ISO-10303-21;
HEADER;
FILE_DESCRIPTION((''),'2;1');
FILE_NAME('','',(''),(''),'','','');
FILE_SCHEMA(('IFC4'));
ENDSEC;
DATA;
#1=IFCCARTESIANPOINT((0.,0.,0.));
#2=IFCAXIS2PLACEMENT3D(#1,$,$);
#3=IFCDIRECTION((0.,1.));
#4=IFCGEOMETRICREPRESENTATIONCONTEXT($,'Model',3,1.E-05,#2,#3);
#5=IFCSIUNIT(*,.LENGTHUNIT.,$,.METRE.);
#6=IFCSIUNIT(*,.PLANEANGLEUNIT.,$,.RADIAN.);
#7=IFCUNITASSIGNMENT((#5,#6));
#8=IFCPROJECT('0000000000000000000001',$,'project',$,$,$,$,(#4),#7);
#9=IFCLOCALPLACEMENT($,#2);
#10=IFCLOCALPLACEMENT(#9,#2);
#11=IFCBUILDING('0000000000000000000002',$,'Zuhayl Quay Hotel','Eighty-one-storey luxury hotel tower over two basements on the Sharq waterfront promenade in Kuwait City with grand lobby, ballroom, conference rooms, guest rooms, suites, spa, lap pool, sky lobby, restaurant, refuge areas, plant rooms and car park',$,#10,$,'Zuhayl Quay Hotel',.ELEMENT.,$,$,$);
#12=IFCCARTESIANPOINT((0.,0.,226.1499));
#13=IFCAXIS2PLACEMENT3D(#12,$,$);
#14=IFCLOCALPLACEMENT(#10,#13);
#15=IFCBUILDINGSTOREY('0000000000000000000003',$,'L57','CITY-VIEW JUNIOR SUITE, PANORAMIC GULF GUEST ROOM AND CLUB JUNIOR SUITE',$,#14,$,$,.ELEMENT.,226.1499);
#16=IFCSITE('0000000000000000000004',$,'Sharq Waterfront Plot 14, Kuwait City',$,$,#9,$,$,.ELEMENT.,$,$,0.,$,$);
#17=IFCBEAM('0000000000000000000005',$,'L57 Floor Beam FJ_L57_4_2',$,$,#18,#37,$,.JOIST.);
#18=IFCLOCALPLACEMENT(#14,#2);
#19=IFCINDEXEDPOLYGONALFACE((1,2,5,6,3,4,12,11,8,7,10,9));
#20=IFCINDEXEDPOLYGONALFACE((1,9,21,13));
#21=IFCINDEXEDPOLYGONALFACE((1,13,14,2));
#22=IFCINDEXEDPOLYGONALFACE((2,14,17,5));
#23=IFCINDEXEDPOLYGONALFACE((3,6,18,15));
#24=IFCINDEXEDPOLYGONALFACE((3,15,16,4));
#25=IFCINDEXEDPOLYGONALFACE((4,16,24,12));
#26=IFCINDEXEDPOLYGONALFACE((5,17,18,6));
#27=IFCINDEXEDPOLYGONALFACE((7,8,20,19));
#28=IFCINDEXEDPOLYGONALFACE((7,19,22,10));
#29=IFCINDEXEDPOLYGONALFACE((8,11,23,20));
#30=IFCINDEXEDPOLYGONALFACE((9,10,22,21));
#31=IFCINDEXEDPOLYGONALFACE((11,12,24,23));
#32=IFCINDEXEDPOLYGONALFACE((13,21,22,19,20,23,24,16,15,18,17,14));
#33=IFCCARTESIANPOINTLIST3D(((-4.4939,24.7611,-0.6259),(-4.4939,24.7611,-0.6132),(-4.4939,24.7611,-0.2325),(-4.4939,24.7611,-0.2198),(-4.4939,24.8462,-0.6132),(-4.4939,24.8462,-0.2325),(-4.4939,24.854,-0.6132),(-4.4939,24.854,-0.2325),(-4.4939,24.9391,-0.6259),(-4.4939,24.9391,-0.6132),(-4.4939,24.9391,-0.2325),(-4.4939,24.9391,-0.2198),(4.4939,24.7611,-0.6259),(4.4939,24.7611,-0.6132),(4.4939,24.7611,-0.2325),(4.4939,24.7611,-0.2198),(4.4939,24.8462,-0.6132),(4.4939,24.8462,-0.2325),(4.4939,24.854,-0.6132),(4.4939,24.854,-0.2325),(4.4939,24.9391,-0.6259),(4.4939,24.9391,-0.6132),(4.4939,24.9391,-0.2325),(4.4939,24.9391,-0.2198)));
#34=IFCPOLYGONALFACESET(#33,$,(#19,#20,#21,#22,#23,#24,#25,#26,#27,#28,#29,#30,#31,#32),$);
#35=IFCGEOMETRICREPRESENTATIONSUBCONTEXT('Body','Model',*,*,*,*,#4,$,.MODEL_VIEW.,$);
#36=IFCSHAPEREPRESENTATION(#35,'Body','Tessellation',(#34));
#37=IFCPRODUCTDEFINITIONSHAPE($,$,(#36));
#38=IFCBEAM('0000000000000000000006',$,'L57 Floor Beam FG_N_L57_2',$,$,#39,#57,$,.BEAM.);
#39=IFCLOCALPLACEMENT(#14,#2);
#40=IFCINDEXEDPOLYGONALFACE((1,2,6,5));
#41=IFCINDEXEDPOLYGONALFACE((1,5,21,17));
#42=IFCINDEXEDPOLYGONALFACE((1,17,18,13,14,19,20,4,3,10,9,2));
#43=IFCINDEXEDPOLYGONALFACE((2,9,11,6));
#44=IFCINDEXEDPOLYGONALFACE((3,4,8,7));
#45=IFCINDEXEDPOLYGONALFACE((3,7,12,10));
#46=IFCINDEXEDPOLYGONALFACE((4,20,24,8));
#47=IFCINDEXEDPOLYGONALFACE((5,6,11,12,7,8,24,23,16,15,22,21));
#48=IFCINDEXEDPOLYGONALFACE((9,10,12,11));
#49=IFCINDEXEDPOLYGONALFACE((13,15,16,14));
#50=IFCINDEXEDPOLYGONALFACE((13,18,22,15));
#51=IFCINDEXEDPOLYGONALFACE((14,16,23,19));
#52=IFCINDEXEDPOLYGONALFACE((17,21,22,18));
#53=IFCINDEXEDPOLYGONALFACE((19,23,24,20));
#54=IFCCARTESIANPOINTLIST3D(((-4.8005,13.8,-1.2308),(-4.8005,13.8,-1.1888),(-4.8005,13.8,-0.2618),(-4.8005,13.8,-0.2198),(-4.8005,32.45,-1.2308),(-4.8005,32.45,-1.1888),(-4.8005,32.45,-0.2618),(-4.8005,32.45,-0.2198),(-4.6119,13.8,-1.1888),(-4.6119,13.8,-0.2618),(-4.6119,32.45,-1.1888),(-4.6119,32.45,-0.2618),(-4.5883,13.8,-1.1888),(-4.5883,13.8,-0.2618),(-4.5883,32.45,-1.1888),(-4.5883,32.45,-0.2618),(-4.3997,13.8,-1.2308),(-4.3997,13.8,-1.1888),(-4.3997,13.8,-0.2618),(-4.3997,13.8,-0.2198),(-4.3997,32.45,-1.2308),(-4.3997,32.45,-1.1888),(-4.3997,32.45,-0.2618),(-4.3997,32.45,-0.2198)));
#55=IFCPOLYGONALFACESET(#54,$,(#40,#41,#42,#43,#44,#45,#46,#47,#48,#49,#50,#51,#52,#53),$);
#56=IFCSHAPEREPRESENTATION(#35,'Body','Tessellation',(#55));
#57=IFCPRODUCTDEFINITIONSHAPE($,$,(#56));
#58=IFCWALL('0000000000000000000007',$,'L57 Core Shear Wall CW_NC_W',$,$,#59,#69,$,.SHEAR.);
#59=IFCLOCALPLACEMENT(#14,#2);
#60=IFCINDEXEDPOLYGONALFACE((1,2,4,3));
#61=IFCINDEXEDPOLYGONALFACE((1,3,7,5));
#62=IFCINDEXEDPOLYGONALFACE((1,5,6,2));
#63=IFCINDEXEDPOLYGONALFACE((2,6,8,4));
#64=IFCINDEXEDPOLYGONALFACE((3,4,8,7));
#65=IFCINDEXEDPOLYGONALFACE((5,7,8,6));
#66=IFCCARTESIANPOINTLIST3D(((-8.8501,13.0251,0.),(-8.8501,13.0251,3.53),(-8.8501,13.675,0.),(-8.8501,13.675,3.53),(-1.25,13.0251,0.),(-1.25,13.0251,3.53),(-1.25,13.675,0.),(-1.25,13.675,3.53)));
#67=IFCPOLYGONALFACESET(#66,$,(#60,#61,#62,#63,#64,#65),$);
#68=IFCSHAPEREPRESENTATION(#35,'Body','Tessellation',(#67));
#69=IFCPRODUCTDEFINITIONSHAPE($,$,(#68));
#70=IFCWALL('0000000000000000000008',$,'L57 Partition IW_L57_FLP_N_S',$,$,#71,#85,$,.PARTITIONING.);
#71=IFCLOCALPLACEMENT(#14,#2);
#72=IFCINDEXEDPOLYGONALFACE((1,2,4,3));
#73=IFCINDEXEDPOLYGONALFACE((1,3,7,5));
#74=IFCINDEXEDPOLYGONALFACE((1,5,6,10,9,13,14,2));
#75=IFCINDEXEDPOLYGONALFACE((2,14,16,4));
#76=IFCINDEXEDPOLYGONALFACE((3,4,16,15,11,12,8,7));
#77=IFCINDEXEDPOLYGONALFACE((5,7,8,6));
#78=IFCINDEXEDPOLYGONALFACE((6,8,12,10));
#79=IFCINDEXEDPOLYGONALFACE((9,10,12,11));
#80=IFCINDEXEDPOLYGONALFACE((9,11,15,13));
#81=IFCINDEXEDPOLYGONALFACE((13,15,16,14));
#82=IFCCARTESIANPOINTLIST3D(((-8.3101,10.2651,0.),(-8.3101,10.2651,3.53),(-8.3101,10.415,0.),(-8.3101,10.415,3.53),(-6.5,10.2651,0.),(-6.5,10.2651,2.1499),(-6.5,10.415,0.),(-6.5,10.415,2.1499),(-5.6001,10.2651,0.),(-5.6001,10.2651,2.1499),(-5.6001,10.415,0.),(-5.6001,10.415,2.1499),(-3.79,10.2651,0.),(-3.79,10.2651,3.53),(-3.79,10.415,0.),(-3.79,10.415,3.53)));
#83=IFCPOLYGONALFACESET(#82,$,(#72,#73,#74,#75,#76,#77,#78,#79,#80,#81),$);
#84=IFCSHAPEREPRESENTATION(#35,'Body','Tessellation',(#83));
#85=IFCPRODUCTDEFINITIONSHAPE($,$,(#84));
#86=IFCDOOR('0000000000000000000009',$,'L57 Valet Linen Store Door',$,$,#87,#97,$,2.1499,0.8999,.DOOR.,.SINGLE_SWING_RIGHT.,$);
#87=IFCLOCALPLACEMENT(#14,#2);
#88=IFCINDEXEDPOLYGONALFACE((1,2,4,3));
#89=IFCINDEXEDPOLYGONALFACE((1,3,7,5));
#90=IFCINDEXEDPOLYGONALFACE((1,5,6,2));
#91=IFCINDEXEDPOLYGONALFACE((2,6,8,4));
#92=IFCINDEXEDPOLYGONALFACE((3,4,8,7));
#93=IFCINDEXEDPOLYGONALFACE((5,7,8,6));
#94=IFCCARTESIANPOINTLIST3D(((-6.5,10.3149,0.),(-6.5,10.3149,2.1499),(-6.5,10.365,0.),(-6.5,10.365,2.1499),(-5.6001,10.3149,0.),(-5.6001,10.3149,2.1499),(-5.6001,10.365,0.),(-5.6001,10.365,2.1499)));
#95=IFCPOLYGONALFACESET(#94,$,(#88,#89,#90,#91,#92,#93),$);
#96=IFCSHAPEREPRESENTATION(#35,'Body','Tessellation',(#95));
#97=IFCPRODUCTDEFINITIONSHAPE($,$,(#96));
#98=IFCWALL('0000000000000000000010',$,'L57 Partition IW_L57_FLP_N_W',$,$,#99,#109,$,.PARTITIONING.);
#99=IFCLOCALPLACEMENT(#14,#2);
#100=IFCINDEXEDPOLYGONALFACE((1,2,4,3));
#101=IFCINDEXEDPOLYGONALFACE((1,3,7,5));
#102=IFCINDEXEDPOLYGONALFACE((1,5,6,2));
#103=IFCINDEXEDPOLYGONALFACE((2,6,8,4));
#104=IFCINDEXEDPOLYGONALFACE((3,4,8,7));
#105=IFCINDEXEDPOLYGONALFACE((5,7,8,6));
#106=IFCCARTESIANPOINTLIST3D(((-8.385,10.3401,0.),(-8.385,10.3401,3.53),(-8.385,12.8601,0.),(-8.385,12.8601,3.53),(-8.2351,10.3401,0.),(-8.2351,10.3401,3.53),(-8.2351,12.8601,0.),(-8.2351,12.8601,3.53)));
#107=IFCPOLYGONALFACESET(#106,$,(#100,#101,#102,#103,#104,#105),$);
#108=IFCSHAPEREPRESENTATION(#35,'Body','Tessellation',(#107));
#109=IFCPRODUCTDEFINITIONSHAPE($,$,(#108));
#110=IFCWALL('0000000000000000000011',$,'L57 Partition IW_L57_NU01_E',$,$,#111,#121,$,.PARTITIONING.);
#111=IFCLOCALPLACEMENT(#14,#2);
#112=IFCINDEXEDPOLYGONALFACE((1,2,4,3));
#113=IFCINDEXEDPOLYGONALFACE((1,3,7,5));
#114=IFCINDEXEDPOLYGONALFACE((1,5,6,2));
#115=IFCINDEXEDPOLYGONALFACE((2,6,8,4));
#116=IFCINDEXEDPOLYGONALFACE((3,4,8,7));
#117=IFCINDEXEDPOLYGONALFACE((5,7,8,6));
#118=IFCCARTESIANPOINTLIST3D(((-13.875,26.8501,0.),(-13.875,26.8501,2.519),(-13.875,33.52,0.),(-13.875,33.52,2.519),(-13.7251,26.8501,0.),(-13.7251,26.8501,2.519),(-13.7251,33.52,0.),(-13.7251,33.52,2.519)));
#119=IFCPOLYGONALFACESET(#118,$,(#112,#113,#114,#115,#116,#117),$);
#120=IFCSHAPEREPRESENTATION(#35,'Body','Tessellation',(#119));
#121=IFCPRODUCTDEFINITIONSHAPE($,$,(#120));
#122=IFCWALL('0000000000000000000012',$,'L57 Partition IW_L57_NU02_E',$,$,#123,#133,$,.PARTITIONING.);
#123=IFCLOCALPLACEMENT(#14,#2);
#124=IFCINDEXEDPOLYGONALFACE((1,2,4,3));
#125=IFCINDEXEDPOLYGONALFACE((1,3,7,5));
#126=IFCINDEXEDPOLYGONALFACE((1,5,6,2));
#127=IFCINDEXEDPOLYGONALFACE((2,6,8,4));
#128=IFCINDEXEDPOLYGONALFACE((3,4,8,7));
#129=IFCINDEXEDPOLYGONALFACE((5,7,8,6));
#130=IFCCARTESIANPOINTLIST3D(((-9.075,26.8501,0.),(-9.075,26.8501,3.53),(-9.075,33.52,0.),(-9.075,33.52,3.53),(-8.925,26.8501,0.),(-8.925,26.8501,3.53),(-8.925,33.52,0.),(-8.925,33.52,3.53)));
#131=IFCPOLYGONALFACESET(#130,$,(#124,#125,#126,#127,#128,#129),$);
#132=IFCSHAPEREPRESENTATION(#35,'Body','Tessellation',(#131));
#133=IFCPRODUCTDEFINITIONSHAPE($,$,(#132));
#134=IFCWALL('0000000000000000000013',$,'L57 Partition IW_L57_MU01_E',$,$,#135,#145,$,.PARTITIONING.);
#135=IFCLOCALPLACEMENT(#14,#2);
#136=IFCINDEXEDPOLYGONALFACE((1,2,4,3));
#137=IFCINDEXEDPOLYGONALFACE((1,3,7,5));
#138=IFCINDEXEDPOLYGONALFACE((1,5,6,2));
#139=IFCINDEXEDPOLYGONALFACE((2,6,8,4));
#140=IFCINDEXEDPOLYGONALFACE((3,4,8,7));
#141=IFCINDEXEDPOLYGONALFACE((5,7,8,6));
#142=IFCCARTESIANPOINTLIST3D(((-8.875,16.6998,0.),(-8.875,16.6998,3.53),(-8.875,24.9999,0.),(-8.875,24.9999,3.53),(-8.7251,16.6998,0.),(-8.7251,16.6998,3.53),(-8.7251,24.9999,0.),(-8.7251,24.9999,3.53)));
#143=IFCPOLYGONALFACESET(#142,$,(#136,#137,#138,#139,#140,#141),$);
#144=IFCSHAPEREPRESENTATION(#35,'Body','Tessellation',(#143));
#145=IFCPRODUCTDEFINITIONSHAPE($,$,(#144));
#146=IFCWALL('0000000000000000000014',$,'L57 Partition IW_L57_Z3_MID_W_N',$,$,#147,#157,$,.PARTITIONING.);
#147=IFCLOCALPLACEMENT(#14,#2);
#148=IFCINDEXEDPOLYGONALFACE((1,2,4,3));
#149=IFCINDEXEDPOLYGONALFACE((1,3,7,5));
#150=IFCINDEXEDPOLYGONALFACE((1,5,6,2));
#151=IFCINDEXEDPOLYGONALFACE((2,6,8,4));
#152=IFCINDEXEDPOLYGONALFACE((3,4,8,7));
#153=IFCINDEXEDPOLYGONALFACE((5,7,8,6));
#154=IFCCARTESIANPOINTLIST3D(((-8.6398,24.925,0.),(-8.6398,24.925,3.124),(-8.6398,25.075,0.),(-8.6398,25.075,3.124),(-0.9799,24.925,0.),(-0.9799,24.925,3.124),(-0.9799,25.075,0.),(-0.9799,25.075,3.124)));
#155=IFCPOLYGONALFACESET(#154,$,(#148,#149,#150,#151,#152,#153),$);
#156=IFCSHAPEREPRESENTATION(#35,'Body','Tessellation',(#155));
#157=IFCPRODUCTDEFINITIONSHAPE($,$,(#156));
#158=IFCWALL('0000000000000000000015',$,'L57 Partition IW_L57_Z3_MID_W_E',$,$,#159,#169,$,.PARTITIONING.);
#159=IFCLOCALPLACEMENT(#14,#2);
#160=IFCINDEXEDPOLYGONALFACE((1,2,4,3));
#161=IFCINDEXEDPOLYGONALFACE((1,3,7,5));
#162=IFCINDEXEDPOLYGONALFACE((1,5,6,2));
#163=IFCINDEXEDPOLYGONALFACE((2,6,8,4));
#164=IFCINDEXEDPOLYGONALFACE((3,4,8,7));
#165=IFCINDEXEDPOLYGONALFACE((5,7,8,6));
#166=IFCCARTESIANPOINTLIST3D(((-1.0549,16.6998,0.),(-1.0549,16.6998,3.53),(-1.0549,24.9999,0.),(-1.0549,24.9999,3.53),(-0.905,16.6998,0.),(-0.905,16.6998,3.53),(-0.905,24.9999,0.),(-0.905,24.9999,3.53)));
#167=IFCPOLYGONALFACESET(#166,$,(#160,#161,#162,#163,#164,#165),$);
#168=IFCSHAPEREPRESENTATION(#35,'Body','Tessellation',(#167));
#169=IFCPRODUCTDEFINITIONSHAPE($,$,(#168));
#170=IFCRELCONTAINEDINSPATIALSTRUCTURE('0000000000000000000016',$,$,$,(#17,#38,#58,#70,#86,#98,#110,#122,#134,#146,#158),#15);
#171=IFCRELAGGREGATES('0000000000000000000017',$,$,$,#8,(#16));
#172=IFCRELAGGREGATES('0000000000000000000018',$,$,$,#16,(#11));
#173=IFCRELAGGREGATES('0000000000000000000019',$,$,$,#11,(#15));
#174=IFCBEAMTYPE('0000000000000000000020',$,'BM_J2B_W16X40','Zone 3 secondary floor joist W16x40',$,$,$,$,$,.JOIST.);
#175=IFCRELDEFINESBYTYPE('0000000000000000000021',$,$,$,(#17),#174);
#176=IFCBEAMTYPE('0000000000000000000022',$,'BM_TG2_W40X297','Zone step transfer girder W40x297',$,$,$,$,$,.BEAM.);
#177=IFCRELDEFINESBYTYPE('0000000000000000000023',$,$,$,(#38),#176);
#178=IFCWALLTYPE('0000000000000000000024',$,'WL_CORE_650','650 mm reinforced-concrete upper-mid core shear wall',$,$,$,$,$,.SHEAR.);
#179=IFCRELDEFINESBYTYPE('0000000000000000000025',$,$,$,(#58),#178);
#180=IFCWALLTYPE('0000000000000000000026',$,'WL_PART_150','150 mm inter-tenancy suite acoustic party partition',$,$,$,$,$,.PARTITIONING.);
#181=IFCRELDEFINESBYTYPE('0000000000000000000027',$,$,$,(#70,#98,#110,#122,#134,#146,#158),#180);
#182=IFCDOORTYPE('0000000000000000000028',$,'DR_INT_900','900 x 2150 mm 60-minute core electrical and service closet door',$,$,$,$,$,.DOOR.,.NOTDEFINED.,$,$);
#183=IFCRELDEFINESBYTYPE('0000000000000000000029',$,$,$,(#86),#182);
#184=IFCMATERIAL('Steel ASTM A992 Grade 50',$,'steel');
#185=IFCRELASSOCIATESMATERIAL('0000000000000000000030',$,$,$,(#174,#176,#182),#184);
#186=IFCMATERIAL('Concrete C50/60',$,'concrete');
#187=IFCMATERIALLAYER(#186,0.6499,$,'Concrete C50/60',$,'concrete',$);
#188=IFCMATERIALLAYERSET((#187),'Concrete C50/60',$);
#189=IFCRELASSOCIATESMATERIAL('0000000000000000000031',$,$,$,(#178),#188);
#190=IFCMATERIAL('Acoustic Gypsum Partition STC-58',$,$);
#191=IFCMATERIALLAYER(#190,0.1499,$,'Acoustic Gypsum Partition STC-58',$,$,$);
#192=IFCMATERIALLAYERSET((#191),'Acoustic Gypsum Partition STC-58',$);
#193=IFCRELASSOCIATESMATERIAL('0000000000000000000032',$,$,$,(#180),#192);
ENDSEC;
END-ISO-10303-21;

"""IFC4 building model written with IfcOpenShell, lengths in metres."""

from ifc_helpers import new_model, si_unit, direction, frame, frame_2d, origin, origin_2d, place, context, subcontext, project, spatial, rectangle, i_section, extrude, material, layer, layer_set, material_profile, profile_set, type_object, element, fill, save


model = new_model("IFC4")

# Units and contexts
model_context = context("Model", 3, precision=1e-05, world=origin(), true_north=direction((0.0, 1.0)))
body_context = subcontext(model_context, "Body", "Model", "MODEL_VIEW")
ifc_project = project(units=[si_unit("LENGTHUNIT", "METRE"), si_unit("PLANEANGLEUNIT", "RADIAN")], contexts=[model_context])

# Site, building, storey
site_placement = place(None, origin())
site = spatial("IfcSite", under=ifc_project, at=site_placement, Name="Sharq Waterfront Plot 14, Kuwait City", CompositionType="ELEMENT", RefElevation=0.0)
building_placement = place(site_placement, origin())
building = spatial("IfcBuilding", under=site, at=building_placement, Name="Zuhayl Quay Hotel", Description="Eighty-one-storey luxury hotel tower over two basements on the Sharq waterfront promenade in Kuwait City with grand lobby, ballroom, conference rooms, guest rooms, suites, spa, lap pool, sky lobby, restaurant, refuge areas, plant rooms and car park", LongName="Zuhayl Quay Hotel", CompositionType="ELEMENT")
storey_placement = place(building_placement, frame((0.0, 0.0, 226.1499)))
storey = spatial("IfcBuildingStorey", under=building, at=storey_placement, Name="L57", Description="CITY-VIEW JUNIOR SUITE, PANORAMIC GULF GUEST ROOM AND CLUB JUNIOR SUITE", CompositionType="ELEMENT", Elevation=226.1499)

# Beams
ifc_material_1 = material(Name="Steel ASTM A992 Grade 50", Category="steel")
ifc_material_profile_1 = material_profile(ifc_material_1, i_section(OverallWidth=0.178, OverallDepth=0.406, WebThickness=0.0078, FlangeThickness=0.0127, at=origin_2d()), Name="W16X40")
ifc_profile_set_1 = profile_set([ifc_material_profile_1], Name="Steel ASTM A992 Grade 50")
beam_type_1 = type_object("IfcBeamType", Name="BM_J2B_W16X40", Description="Zone 3 secondary floor joist W16x40", PredefinedType="JOIST", material=ifc_profile_set_1)
beam_1_placement = place(storey_placement, frame((-4.4939, 24.8501, -0.4229), z_axis=(1.0, 0.0, 0.0), x_axis=(0.0, 1.0, 0.0)))
element("IfcBeam", 1, at=beam_1_placement, inside=storey, type_object=beam_type_1, Name="L57 Floor Beam FJ_L57_4_2", PredefinedType="JOIST", context=body_context, shape_type="SweptSolid", body=[
    extrude(i_section(OverallWidth=0.178, OverallDepth=0.406, WebThickness=0.0078, FlangeThickness=0.0127, at=origin_2d()), origin(), (0.0, 0.0, 1.0), 8.9878),
])
ifc_material_profile_2 = material_profile(ifc_material_1, i_section(OverallWidth=0.4009, OverallDepth=1.011, WebThickness=0.0237, FlangeThickness=0.042, at=origin_2d()), Name="W40X297")
ifc_profile_set_2 = profile_set([ifc_material_profile_2], Name="Steel ASTM A992 Grade 50")
beam_type_2 = type_object("IfcBeamType", Name="BM_TG2_W40X297", Description="Zone step transfer girder W40x297", PredefinedType="BEAM", material=ifc_profile_set_2)
beam_2_placement = place(storey_placement, frame((-4.6001, 13.8, -0.7253), z_axis=(0.0, 1.0, 0.0), x_axis=(-1.0, 0.0, 0.0)))
element("IfcBeam", 2, at=beam_2_placement, inside=storey, type_object=beam_type_2, Name="L57 Floor Beam FG_N_L57_2", PredefinedType="BEAM", context=body_context, shape_type="SweptSolid", body=[
    extrude(i_section(OverallWidth=0.4009, OverallDepth=1.011, WebThickness=0.0237, FlangeThickness=0.042, at=origin_2d()), origin(), (0.0, 0.0, 1.0), 18.6499),
])

# Wall
ifc_material_2 = material(Name="Concrete C50/60", Category="concrete")
ifc_layer_1 = layer(ifc_material_2, 0.6499, Name="Concrete C50/60", Category="concrete")
ifc_layer_set_1 = layer_set([ifc_layer_1], Name="Concrete C50/60")
wall_type_1 = type_object("IfcWallType", Name="WL_CORE_650", Description="650 mm reinforced-concrete upper-mid core shear wall", PredefinedType="SHEAR", material=ifc_layer_set_1)
wall_1_placement = place(storey_placement, frame((-8.8501, 13.3501, 0.0), z_axis=(0.0, 0.0, 1.0), x_axis=(1.0, 0.0, 0.0)))
element("IfcWall", 3, at=wall_1_placement, inside=storey, type_object=wall_type_1, Name="L57 Core Shear Wall CW_NC_W", PredefinedType="SHEAR", context=body_context, shape_type="SweptSolid", body=[
    extrude(rectangle(XDim=7.6001, YDim=0.6499, at=frame_2d((3.8, 0.0))), origin(), (0.0, 0.0, 1.0), 3.53),
])

# Wall, opening, door
ifc_material_3 = material(Name="Acoustic Gypsum Partition STC-58")
ifc_layer_2 = layer(ifc_material_3, 0.1499, Name="Acoustic Gypsum Partition STC-58")
ifc_layer_set_2 = layer_set([ifc_layer_2], Name="Acoustic Gypsum Partition STC-58")
wall_type_2 = type_object("IfcWallType", Name="WL_PART_150", Description="150 mm inter-tenancy suite acoustic party partition", PredefinedType="PARTITIONING", material=ifc_layer_set_2)
wall_2_placement = place(storey_placement, frame((-8.3101, 10.3401, 0.0), z_axis=(0.0, 0.0, 1.0), x_axis=(1.0, 0.0, 0.0)))
wall_2 = element("IfcWall", 4, at=wall_2_placement, inside=storey, type_object=wall_type_2, Name="L57 Partition IW_L57_FLP_N_S", PredefinedType="PARTITIONING", context=body_context, shape_type="SweptSolid", body=[
    extrude(rectangle(XDim=4.52, YDim=0.1499, at=frame_2d((2.26, 0.0))), origin(), (0.0, 0.0, 1.0), 3.53),
])
opening_1_placement = place(wall_2_placement, frame((1.8101, 0.0, 0.0)))
opening_1 = element("IfcOpeningElement", 5, at=opening_1_placement, cuts=wall_2, PredefinedType="OPENING", context=body_context, shape_type="SweptSolid", body=[
    extrude(rectangle(XDim=0.8999, YDim=2.1499, at=frame_2d((0.45, 1.075))), frame((0.0, 0.085, 0.0), z_axis=(0.0, -1.0, 0.0), x_axis=(1.0, 0.0, 0.0)), (0.0, 0.0, 1.0), 0.1699),
])
door_type_1 = type_object("IfcDoorType", Name="DR_INT_900", Description="900 x 2150 mm 60-minute core electrical and service closet door", OperationType="NOTDEFINED", PredefinedType="DOOR", material=ifc_material_1)
door_1_placement = place(opening_1_placement, origin())
door_1 = element("IfcDoor", 6, at=door_1_placement, inside=storey, type_object=door_type_1, Name="L57 Valet Linen Store Door", OperationType="SINGLE_SWING_RIGHT", OverallHeight=2.1499, OverallWidth=0.8999, PredefinedType="DOOR", context=body_context, shape_type="SweptSolid", body=[
    extrude(rectangle(XDim=0.8999, YDim=2.1499, at=frame_2d((0.45, 1.075))), frame((0.0, 0.0249, 0.0), z_axis=(0.0, -1.0, 0.0), x_axis=(1.0, 0.0, 0.0)), (0.0, 0.0, 1.0), 0.05),
])
fill(opening_1, door_1)

# Walls
wall_3_placement = place(storey_placement, frame((-8.3101, 10.3401, 0.0), z_axis=(0.0, 0.0, 1.0), x_axis=(0.0, 1.0, 0.0)))
element("IfcWall", 7, at=wall_3_placement, inside=storey, type_object=wall_type_2, Name="L57 Partition IW_L57_FLP_N_W", PredefinedType="PARTITIONING", context=body_context, shape_type="SweptSolid", body=[
    extrude(rectangle(XDim=2.52, YDim=0.1499, at=frame_2d((1.26, 0.0))), origin(), (0.0, 0.0, 1.0), 3.53),
])
wall_4_placement = place(storey_placement, frame((-13.8, 26.8501, 0.0), z_axis=(0.0, 0.0, 1.0), x_axis=(0.0, 1.0, 0.0)))
element("IfcWall", 8, at=wall_4_placement, inside=storey, type_object=wall_type_2, Name="L57 Partition IW_L57_NU01_E", PredefinedType="PARTITIONING", context=body_context, shape_type="SweptSolid", body=[
    extrude(rectangle(XDim=6.6699, YDim=0.1499, at=frame_2d((3.335, 0.0))), origin(), (0.0, 0.0, 1.0), 2.519),
])
wall_5_placement = place(storey_placement, frame((-9.0, 26.8501, 0.0), z_axis=(0.0, 0.0, 1.0), x_axis=(0.0, 1.0, 0.0)))
element("IfcWall", 9, at=wall_5_placement, inside=storey, type_object=wall_type_2, Name="L57 Partition IW_L57_NU02_E", PredefinedType="PARTITIONING", context=body_context, shape_type="SweptSolid", body=[
    extrude(rectangle(XDim=6.6699, YDim=0.1499, at=frame_2d((3.335, 0.0))), origin(), (0.0, 0.0, 1.0), 3.53),
])
wall_6_placement = place(storey_placement, frame((-8.8, 16.7, 0.0), z_axis=(0.0, 0.0, 1.0), x_axis=(0.0, 1.0, 0.0)))
element("IfcWall", 10, at=wall_6_placement, inside=storey, type_object=wall_type_2, Name="L57 Partition IW_L57_MU01_E", PredefinedType="PARTITIONING", context=body_context, shape_type="SweptSolid", body=[
    extrude(rectangle(XDim=8.3, YDim=0.1499, at=frame_2d((4.1499, 0.0))), origin(), (0.0, 0.0, 1.0), 3.53),
])
wall_7_placement = place(storey_placement, frame((-8.6399, 25.0, 0.0), z_axis=(0.0, 0.0, 1.0), x_axis=(1.0, 0.0, 0.0)))
element("IfcWall", 11, at=wall_7_placement, inside=storey, type_object=wall_type_2, Name="L57 Partition IW_L57_Z3_MID_W_N", PredefinedType="PARTITIONING", context=body_context, shape_type="SweptSolid", body=[
    extrude(rectangle(XDim=7.6599, YDim=0.1499, at=frame_2d((3.8301, 0.0))), origin(), (0.0, 0.0, 1.0), 3.124),
])
wall_8_placement = place(storey_placement, frame((-0.98, 16.7, 0.0), z_axis=(0.0, 0.0, 1.0), x_axis=(0.0, 1.0, 0.0)))
element("IfcWall", 12, at=wall_8_placement, inside=storey, type_object=wall_type_2, Name="L57 Partition IW_L57_Z3_MID_W_E", PredefinedType="PARTITIONING", context=body_context, shape_type="SweptSolid", body=[
    extrude(rectangle(XDim=8.3, YDim=0.1499, at=frame_2d((4.1499, 0.0))), origin(), (0.0, 0.0, 1.0), 3.53),
])

save(model, "model.ifc")
